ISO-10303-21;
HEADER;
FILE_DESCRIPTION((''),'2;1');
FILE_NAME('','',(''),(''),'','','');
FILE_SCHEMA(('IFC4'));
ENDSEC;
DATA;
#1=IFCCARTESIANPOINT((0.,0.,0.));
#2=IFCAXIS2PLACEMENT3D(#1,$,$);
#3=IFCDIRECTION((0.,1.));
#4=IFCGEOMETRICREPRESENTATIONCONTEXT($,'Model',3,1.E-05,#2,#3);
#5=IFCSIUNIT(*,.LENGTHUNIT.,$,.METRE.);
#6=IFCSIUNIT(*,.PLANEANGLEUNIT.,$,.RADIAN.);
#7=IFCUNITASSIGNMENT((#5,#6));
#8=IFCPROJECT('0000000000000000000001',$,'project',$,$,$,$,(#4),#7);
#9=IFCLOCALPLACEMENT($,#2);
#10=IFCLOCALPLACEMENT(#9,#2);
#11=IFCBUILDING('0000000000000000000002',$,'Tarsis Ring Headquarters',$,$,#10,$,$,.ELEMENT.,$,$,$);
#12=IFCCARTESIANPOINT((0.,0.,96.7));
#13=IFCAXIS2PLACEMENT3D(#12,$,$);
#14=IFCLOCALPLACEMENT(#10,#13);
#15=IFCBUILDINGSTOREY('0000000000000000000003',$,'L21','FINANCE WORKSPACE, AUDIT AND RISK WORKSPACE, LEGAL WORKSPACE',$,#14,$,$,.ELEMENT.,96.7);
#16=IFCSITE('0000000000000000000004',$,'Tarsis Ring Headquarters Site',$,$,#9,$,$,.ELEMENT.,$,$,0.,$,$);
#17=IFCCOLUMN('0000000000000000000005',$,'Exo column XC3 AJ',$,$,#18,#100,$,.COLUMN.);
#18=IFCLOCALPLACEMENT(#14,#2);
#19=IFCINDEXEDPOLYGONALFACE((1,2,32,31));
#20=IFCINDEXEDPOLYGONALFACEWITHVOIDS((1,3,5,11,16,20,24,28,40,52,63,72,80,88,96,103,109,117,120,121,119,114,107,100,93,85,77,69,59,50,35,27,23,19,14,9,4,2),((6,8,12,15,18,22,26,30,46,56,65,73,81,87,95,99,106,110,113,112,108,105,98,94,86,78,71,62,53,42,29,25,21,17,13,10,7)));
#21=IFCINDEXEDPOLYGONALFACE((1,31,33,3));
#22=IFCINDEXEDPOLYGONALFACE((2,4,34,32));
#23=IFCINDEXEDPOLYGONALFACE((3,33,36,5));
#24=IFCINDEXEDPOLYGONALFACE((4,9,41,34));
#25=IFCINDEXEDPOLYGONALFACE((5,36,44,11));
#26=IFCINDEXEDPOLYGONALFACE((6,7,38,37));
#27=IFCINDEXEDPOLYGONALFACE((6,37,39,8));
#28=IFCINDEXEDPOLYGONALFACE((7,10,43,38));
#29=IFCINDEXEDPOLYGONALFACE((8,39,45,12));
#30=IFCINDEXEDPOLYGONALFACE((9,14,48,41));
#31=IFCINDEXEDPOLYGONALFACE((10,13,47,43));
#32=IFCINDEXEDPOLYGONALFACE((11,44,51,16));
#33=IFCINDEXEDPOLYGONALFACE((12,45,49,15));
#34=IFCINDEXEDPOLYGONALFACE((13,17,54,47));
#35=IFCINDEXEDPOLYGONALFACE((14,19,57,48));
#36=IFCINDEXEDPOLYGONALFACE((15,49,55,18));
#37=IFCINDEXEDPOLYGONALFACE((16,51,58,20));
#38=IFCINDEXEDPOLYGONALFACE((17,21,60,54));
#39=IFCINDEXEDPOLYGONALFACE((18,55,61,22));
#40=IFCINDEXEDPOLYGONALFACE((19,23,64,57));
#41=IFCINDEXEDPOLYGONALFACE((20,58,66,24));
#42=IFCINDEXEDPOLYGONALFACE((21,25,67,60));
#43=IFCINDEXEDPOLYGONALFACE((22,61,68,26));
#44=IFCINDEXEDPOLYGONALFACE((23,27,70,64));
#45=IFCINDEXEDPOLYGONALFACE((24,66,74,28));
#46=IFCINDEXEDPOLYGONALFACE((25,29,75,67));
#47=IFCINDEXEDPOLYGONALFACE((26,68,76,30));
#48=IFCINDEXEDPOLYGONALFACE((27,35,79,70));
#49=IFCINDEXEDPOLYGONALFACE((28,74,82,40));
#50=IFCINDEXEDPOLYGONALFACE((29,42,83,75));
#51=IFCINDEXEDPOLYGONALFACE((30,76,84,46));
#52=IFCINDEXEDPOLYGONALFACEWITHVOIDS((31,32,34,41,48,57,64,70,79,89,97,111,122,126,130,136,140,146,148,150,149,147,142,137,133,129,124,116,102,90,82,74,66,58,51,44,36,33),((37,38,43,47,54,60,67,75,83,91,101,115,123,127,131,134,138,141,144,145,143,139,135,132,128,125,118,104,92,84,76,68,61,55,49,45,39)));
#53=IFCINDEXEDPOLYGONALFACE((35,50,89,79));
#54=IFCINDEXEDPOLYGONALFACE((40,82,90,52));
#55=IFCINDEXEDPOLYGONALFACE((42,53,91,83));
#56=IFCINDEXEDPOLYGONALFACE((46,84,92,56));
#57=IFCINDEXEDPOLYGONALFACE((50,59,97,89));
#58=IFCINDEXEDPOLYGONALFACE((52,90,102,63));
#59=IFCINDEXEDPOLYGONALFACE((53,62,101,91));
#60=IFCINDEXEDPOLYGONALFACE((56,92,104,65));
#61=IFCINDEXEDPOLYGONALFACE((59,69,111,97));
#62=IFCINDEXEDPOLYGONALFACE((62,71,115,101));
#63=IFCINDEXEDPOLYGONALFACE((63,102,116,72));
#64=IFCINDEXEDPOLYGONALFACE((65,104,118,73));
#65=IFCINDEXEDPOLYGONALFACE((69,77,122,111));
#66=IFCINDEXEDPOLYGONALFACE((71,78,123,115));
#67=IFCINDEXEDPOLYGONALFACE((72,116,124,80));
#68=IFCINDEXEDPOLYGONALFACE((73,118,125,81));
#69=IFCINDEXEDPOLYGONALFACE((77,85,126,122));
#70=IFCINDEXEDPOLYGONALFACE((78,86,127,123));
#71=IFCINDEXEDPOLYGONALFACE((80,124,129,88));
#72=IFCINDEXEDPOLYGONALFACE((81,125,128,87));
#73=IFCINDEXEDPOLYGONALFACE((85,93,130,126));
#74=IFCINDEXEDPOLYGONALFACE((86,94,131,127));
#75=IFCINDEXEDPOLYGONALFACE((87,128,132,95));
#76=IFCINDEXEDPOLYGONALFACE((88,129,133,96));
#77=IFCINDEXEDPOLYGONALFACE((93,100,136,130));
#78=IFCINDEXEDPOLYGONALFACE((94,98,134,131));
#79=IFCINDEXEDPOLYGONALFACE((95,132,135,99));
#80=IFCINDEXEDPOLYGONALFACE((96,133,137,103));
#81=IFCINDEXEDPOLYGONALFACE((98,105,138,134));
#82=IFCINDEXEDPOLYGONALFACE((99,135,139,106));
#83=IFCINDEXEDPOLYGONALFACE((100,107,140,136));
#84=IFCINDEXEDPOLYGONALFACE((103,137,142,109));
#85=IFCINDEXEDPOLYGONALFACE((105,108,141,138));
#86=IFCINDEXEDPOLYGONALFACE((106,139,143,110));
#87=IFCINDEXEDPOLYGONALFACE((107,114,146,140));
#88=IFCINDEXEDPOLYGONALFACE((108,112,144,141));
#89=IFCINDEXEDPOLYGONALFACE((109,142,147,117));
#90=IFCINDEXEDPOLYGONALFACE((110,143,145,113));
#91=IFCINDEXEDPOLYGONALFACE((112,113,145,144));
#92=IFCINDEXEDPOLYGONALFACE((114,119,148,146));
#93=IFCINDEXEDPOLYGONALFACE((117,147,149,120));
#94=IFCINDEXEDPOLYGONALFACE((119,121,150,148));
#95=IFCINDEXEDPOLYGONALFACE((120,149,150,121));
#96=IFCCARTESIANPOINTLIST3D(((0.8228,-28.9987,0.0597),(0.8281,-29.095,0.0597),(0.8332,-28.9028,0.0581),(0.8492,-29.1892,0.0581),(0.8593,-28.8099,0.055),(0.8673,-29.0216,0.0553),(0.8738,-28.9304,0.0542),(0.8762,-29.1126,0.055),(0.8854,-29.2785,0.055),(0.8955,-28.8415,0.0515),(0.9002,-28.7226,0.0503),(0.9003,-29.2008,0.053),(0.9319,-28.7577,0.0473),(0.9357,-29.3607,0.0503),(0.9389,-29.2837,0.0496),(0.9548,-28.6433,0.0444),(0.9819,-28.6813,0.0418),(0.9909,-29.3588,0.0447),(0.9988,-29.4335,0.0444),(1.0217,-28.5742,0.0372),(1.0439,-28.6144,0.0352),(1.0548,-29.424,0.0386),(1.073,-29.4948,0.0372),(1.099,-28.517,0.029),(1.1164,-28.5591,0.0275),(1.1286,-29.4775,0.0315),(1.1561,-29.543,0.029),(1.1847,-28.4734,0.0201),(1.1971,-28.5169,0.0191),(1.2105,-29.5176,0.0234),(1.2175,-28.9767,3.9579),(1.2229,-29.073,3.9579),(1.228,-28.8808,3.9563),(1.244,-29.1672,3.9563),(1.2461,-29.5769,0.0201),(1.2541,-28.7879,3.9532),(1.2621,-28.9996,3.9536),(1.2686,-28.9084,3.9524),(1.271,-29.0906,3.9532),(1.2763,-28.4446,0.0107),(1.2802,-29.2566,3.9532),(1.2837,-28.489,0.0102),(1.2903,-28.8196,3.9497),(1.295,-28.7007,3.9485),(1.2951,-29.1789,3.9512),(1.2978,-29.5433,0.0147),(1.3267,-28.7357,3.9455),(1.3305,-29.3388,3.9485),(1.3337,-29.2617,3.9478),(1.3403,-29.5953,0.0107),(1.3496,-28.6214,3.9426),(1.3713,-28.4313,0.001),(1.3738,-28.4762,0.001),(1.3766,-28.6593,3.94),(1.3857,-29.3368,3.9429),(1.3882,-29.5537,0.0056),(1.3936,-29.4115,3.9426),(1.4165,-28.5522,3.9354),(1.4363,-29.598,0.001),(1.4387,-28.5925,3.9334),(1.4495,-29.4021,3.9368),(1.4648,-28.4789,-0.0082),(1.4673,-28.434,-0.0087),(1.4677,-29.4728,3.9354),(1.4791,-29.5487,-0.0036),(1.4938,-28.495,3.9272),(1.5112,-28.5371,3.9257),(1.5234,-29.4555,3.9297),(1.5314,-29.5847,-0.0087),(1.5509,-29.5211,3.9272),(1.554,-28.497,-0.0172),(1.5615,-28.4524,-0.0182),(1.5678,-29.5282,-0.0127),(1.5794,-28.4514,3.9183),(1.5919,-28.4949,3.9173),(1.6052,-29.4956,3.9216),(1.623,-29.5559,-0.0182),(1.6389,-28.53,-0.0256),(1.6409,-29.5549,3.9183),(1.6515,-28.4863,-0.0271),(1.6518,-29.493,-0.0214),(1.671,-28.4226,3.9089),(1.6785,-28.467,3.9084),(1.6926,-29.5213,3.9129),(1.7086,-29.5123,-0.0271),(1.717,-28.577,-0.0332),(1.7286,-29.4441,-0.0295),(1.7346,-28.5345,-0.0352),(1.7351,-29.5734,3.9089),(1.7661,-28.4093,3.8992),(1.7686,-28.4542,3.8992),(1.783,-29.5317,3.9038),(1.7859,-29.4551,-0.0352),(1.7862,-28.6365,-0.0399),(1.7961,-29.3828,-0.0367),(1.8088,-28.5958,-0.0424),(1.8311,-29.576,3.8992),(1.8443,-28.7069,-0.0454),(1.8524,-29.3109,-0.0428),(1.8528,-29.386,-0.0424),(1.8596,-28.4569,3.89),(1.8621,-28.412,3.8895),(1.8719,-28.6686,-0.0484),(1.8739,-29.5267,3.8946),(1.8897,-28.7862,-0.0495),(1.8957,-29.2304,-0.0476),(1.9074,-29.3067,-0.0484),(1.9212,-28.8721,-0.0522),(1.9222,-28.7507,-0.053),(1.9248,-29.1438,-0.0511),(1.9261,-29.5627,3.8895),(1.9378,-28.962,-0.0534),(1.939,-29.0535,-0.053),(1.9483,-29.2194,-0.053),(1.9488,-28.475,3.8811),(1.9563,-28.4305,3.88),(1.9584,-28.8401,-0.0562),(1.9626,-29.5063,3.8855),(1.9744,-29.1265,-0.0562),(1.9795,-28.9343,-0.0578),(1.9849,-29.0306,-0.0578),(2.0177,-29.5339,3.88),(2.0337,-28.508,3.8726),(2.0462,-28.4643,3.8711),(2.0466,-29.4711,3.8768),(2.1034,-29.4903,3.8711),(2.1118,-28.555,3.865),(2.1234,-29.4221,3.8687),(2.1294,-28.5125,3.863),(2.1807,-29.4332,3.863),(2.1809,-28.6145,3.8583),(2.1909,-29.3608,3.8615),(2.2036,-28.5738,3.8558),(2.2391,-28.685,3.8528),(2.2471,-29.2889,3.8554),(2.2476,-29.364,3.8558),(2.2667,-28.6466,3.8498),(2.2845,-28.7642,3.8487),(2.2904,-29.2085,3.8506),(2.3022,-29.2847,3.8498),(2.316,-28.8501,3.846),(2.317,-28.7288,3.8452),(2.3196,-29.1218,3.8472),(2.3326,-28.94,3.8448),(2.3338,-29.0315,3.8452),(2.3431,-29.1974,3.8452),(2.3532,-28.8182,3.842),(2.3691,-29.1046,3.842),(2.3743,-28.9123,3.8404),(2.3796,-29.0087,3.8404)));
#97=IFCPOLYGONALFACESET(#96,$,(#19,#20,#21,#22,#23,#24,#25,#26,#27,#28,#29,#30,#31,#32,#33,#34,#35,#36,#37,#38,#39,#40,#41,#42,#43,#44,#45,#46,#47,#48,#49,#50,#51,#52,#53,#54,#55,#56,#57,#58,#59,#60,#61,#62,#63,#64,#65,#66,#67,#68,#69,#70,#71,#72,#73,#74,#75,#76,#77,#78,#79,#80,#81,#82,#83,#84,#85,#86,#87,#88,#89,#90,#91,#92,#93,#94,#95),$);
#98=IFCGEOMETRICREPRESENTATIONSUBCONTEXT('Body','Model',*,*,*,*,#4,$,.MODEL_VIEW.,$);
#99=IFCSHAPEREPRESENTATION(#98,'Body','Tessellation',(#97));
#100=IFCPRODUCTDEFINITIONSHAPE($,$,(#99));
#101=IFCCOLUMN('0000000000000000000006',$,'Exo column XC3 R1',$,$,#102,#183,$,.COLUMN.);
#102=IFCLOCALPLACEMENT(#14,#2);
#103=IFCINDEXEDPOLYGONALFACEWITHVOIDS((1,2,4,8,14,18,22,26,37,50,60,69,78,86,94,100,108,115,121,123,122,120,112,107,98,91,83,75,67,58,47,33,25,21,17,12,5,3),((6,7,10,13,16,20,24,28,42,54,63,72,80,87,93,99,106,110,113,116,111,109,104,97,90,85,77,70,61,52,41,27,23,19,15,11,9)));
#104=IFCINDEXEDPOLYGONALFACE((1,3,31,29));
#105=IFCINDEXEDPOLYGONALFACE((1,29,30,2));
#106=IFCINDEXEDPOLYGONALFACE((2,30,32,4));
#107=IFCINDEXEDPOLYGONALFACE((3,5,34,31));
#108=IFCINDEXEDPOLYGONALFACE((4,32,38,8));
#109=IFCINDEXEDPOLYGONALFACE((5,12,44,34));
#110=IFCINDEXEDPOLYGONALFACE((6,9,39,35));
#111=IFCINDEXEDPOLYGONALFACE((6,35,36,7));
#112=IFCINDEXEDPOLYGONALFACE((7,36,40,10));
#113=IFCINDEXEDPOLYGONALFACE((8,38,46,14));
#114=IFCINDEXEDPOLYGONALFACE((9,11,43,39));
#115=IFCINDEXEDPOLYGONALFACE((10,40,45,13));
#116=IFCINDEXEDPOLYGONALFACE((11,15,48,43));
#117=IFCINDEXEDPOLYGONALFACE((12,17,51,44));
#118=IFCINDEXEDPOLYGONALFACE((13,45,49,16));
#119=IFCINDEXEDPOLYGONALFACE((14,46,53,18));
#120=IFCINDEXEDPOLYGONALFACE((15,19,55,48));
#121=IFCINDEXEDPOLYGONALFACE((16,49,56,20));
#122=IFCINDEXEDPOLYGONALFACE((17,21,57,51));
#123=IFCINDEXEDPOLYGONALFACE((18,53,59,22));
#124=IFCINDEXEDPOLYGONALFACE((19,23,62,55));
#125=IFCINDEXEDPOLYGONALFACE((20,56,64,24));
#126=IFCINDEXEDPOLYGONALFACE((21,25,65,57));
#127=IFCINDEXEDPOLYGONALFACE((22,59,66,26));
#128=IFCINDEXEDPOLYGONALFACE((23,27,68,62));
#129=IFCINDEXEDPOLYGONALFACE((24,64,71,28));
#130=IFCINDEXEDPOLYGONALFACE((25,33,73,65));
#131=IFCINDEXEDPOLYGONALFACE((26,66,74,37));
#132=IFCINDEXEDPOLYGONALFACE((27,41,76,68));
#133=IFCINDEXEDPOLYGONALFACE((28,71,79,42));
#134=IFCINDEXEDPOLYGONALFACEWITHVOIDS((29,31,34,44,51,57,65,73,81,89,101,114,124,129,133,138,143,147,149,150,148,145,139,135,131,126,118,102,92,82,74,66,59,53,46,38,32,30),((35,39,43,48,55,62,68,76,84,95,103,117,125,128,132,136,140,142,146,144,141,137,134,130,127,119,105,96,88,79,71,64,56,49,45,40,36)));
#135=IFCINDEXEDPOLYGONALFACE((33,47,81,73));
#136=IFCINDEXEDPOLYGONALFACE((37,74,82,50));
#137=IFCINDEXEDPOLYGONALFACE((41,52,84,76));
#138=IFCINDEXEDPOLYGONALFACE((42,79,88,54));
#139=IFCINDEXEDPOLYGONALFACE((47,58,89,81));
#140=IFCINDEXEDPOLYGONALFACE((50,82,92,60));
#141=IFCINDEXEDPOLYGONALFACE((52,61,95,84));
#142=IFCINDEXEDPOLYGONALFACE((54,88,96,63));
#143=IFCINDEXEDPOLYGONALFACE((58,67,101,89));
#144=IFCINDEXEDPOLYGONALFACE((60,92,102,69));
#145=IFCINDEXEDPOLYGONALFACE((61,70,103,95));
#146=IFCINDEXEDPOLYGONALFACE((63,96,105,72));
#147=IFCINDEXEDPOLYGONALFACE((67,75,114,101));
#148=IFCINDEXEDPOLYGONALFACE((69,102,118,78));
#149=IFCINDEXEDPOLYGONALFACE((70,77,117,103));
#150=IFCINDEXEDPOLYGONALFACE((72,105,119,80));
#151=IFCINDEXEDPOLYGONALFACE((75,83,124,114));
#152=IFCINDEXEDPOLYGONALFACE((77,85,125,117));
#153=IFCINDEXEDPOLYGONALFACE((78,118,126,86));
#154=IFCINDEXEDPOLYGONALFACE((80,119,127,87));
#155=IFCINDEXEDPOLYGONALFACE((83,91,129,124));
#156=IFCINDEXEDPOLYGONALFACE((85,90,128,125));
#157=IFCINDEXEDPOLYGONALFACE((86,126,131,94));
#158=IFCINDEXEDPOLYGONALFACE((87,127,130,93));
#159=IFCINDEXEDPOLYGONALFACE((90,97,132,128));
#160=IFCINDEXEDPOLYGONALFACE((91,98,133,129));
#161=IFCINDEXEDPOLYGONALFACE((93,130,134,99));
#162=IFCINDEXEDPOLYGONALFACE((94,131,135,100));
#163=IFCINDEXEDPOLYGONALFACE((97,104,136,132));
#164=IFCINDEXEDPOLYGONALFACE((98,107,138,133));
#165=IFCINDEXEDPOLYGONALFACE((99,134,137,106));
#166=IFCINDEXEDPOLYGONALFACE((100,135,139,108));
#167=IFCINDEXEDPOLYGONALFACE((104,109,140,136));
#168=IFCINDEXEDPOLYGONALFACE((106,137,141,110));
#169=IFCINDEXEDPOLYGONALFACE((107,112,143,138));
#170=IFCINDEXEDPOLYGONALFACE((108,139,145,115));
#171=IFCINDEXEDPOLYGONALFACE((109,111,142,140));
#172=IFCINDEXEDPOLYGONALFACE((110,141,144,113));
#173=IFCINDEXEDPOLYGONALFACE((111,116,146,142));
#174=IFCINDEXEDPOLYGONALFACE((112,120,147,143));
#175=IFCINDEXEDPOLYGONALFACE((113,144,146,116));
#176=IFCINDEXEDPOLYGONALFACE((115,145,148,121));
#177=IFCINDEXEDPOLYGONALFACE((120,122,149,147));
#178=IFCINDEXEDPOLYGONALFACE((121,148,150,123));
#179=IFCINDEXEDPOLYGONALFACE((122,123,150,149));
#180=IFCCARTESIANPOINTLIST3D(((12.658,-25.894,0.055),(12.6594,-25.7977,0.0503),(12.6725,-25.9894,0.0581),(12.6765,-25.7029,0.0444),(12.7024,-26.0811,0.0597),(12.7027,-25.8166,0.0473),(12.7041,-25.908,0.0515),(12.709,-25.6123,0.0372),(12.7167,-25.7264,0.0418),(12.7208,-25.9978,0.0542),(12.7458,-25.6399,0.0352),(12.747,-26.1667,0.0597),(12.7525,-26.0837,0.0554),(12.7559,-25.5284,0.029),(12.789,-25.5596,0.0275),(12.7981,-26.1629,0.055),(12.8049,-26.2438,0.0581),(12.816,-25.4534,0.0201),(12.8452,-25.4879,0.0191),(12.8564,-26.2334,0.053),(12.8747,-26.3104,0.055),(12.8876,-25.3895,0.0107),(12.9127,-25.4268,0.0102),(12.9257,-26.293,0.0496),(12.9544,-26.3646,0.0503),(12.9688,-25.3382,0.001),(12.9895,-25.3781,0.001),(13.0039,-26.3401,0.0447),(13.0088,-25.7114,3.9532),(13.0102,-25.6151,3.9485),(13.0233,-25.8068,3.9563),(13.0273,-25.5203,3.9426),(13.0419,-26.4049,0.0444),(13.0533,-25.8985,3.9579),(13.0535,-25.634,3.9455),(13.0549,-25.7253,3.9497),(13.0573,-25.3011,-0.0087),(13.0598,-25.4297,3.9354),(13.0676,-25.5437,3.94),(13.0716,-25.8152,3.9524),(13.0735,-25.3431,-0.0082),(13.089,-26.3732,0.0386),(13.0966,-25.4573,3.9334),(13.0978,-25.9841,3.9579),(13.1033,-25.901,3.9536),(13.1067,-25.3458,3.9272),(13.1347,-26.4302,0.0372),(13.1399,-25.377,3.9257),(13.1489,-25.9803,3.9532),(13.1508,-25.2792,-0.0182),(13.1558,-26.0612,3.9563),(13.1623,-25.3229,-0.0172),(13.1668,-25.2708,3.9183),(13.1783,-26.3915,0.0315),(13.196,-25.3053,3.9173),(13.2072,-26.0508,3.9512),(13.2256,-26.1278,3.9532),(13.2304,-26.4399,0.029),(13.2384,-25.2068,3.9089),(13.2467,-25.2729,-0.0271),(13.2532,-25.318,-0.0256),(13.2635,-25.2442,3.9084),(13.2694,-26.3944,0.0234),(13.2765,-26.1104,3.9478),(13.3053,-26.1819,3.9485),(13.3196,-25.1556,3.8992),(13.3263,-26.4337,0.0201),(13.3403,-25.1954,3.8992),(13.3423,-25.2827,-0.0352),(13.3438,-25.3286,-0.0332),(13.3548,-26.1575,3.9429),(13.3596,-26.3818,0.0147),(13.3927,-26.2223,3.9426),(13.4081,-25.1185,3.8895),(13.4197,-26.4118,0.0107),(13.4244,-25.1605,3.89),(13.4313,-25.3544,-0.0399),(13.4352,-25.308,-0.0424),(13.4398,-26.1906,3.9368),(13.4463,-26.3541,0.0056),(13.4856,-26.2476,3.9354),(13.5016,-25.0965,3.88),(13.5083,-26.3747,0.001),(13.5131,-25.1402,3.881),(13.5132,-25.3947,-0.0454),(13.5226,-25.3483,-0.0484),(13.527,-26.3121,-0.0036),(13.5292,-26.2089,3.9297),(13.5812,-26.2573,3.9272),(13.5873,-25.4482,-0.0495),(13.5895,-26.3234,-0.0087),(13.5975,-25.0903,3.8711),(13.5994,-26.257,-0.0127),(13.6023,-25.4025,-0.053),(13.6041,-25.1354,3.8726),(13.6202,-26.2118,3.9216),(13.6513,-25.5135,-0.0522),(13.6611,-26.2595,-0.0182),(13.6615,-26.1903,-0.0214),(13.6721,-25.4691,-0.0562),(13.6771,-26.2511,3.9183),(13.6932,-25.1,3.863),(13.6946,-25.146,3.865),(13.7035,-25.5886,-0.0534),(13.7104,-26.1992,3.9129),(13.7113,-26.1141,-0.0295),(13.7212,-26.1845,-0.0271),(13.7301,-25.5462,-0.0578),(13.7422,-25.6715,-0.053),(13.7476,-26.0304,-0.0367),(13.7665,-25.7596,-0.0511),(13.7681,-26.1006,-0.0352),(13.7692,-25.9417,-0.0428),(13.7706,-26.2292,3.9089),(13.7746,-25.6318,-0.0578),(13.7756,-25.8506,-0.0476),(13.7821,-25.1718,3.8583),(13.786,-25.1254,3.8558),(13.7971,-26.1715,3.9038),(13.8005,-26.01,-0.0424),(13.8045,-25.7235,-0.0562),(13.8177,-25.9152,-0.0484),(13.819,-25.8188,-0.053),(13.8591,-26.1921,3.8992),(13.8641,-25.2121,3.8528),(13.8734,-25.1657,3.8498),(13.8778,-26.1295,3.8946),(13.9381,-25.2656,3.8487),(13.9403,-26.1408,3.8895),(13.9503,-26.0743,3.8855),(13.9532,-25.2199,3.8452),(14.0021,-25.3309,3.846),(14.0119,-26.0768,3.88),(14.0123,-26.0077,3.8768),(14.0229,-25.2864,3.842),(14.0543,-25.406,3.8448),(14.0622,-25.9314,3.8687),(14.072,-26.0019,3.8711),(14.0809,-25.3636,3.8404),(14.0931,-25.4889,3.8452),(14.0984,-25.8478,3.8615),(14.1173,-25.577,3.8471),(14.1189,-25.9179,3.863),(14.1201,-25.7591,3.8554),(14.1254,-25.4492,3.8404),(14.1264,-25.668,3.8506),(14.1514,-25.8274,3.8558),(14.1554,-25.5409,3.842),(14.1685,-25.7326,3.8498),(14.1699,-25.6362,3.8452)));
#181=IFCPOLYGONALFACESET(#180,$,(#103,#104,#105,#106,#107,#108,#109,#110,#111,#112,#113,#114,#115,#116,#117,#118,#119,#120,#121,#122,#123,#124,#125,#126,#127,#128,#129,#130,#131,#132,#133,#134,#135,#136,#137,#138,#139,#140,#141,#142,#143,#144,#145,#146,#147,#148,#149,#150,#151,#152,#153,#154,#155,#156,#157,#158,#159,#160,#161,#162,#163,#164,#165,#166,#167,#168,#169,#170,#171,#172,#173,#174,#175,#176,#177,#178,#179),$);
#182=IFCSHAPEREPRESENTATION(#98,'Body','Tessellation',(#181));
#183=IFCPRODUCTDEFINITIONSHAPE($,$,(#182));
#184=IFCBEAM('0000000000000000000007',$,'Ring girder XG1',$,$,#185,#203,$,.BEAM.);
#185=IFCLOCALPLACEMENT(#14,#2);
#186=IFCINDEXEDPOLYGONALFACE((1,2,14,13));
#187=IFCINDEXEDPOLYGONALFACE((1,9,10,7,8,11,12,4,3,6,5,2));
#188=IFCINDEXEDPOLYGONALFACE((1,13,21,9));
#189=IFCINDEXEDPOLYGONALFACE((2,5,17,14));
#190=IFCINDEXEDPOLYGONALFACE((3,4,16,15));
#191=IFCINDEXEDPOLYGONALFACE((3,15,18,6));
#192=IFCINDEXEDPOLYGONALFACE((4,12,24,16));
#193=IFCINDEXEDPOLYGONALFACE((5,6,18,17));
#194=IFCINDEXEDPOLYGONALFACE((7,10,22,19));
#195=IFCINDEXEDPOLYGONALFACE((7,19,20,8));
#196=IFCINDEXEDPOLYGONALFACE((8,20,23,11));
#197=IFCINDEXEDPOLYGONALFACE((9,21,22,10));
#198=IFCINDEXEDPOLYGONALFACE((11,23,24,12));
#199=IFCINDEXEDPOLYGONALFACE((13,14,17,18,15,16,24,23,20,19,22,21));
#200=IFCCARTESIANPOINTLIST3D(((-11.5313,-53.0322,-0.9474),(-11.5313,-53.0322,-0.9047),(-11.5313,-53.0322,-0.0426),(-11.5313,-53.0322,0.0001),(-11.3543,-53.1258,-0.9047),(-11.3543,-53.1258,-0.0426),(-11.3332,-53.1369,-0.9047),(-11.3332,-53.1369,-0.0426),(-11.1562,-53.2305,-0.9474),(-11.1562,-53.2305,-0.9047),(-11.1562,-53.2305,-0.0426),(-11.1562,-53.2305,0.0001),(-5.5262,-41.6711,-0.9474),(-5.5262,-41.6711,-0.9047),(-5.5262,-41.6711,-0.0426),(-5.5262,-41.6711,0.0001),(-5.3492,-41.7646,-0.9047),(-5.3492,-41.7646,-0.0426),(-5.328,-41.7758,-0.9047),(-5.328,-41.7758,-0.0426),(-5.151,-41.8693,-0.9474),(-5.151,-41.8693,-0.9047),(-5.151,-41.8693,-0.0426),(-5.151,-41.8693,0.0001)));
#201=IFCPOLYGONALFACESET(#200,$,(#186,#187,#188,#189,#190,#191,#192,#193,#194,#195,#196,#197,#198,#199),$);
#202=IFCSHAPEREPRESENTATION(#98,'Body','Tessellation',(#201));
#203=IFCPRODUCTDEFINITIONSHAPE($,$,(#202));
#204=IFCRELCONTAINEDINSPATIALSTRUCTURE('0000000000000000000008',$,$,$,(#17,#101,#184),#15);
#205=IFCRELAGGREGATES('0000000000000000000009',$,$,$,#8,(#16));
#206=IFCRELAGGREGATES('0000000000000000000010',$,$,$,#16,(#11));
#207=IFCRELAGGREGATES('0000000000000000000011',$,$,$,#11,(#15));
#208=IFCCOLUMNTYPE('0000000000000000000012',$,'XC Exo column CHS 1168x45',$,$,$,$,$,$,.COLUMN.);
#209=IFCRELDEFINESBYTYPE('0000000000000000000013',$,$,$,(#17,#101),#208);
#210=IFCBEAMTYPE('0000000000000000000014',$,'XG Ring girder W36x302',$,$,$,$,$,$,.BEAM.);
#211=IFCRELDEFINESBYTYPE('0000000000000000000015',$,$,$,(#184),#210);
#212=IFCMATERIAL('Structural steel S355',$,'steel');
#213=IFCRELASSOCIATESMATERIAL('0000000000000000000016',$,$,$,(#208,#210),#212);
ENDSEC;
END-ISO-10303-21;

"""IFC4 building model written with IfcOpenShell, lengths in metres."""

from ifc_helpers import new_model, si_unit, direction, frame, origin, origin_2d, place, context, subcontext, project, spatial, hollow_circle, i_section, extrude, material, material_profile, profile_set, type_object, element, save


model = new_model("IFC4")

# Units and contexts
model_context = context("Model", 3, precision=1e-05, world=origin(), true_north=direction((0.0, 1.0)))
body_context = subcontext(model_context, "Body", "Model", "MODEL_VIEW")
ifc_project = project(units=[si_unit("LENGTHUNIT", "METRE"), si_unit("PLANEANGLEUNIT", "RADIAN")], contexts=[model_context])

# Site, building, storey
site_placement = place(None, origin())
site = spatial("IfcSite", under=ifc_project, at=site_placement, Name="Tarsis Ring Headquarters Site", CompositionType="ELEMENT", RefElevation=0.0)
building_placement = place(site_placement, origin())
building = spatial("IfcBuilding", under=site, at=building_placement, Name="Tarsis Ring Headquarters", CompositionType="ELEMENT")
storey_placement = place(building_placement, frame((0.0, 0.0, 96.7)))
storey = spatial("IfcBuildingStorey", under=building, at=storey_placement, Name="L21", Description="FINANCE WORKSPACE, AUDIT AND RISK WORKSPACE, LEGAL WORKSPACE", CompositionType="ELEMENT", Elevation=96.7)

# Columns
ifc_material_1 = material(Name="Structural steel S355", Category="steel")
ifc_material_profile_1 = material_profile(ifc_material_1, hollow_circle(Radius=0.5842, WallThickness=0.0449, at=origin_2d()), Name="CHS 1168x45")
ifc_profile_set_1 = profile_set([ifc_material_profile_1], Name="Structural steel S355")
column_type = type_object("IfcColumnType", Name="XC Exo column CHS 1168x45", PredefinedType="COLUMN", material=ifc_profile_set_1)
for number, where, z_axis, x_axis, name in (
    (1, (1.4038, -29.0146, 0.001), (0.100754, 0.005608, 0.994896), (-0.055573, 0.998455, 0.0), "Exo column XC3 AJ"),
    (2, (13.2385, -25.8564, 0.001), (0.089538, 0.046607, 0.994892), (-0.461722, 0.887025, 0.0), "Exo column XC3 R1"),
):
    element("IfcColumn", number, at=place(storey_placement, frame(where, z_axis=z_axis, x_axis=x_axis)), inside=storey, type_object=column_type, Name=name, PredefinedType="COLUMN", context=body_context, shape_type="SweptSolid", body=[
        extrude(hollow_circle(Radius=0.5842, WallThickness=0.0449, at=origin_2d()), origin(), (0.0, 0.0, 1.0), 3.9182),
    ])

# Beam
ifc_material_profile_2 = material_profile(ifc_material_1, i_section(OverallWidth=0.4243, OverallDepth=0.9475, WebThickness=0.0239, FlangeThickness=0.0427, at=origin_2d()), Name="W36x302")
ifc_profile_set_2 = profile_set([ifc_material_profile_2], Name="Structural steel S355")
beam_type = type_object("IfcBeamType", Name="XG Ring girder W36x302", PredefinedType="BEAM", material=ifc_profile_set_2)
for number, where, z_axis, x_axis, name in (
    (3, (-11.3438, -53.1313, -0.4736), (0.467306, 0.884096, 0.0), (-0.884096, 0.467306, 0.0), "Ring girder XG1"),
):
    element("IfcBeam", number, at=place(storey_placement, frame(where, z_axis=z_axis, x_axis=x_axis)), inside=storey, type_object=beam_type, Name=name, PredefinedType="BEAM", context=body_context, shape_type="SweptSolid", body=[
        extrude(i_section(OverallWidth=0.4243, OverallDepth=0.9475, WebThickness=0.0239, FlangeThickness=0.0427, at=origin_2d()), origin(), (0.0, 0.0, 1.0), 12.8506),
    ])

save(model, "model.ifc")
